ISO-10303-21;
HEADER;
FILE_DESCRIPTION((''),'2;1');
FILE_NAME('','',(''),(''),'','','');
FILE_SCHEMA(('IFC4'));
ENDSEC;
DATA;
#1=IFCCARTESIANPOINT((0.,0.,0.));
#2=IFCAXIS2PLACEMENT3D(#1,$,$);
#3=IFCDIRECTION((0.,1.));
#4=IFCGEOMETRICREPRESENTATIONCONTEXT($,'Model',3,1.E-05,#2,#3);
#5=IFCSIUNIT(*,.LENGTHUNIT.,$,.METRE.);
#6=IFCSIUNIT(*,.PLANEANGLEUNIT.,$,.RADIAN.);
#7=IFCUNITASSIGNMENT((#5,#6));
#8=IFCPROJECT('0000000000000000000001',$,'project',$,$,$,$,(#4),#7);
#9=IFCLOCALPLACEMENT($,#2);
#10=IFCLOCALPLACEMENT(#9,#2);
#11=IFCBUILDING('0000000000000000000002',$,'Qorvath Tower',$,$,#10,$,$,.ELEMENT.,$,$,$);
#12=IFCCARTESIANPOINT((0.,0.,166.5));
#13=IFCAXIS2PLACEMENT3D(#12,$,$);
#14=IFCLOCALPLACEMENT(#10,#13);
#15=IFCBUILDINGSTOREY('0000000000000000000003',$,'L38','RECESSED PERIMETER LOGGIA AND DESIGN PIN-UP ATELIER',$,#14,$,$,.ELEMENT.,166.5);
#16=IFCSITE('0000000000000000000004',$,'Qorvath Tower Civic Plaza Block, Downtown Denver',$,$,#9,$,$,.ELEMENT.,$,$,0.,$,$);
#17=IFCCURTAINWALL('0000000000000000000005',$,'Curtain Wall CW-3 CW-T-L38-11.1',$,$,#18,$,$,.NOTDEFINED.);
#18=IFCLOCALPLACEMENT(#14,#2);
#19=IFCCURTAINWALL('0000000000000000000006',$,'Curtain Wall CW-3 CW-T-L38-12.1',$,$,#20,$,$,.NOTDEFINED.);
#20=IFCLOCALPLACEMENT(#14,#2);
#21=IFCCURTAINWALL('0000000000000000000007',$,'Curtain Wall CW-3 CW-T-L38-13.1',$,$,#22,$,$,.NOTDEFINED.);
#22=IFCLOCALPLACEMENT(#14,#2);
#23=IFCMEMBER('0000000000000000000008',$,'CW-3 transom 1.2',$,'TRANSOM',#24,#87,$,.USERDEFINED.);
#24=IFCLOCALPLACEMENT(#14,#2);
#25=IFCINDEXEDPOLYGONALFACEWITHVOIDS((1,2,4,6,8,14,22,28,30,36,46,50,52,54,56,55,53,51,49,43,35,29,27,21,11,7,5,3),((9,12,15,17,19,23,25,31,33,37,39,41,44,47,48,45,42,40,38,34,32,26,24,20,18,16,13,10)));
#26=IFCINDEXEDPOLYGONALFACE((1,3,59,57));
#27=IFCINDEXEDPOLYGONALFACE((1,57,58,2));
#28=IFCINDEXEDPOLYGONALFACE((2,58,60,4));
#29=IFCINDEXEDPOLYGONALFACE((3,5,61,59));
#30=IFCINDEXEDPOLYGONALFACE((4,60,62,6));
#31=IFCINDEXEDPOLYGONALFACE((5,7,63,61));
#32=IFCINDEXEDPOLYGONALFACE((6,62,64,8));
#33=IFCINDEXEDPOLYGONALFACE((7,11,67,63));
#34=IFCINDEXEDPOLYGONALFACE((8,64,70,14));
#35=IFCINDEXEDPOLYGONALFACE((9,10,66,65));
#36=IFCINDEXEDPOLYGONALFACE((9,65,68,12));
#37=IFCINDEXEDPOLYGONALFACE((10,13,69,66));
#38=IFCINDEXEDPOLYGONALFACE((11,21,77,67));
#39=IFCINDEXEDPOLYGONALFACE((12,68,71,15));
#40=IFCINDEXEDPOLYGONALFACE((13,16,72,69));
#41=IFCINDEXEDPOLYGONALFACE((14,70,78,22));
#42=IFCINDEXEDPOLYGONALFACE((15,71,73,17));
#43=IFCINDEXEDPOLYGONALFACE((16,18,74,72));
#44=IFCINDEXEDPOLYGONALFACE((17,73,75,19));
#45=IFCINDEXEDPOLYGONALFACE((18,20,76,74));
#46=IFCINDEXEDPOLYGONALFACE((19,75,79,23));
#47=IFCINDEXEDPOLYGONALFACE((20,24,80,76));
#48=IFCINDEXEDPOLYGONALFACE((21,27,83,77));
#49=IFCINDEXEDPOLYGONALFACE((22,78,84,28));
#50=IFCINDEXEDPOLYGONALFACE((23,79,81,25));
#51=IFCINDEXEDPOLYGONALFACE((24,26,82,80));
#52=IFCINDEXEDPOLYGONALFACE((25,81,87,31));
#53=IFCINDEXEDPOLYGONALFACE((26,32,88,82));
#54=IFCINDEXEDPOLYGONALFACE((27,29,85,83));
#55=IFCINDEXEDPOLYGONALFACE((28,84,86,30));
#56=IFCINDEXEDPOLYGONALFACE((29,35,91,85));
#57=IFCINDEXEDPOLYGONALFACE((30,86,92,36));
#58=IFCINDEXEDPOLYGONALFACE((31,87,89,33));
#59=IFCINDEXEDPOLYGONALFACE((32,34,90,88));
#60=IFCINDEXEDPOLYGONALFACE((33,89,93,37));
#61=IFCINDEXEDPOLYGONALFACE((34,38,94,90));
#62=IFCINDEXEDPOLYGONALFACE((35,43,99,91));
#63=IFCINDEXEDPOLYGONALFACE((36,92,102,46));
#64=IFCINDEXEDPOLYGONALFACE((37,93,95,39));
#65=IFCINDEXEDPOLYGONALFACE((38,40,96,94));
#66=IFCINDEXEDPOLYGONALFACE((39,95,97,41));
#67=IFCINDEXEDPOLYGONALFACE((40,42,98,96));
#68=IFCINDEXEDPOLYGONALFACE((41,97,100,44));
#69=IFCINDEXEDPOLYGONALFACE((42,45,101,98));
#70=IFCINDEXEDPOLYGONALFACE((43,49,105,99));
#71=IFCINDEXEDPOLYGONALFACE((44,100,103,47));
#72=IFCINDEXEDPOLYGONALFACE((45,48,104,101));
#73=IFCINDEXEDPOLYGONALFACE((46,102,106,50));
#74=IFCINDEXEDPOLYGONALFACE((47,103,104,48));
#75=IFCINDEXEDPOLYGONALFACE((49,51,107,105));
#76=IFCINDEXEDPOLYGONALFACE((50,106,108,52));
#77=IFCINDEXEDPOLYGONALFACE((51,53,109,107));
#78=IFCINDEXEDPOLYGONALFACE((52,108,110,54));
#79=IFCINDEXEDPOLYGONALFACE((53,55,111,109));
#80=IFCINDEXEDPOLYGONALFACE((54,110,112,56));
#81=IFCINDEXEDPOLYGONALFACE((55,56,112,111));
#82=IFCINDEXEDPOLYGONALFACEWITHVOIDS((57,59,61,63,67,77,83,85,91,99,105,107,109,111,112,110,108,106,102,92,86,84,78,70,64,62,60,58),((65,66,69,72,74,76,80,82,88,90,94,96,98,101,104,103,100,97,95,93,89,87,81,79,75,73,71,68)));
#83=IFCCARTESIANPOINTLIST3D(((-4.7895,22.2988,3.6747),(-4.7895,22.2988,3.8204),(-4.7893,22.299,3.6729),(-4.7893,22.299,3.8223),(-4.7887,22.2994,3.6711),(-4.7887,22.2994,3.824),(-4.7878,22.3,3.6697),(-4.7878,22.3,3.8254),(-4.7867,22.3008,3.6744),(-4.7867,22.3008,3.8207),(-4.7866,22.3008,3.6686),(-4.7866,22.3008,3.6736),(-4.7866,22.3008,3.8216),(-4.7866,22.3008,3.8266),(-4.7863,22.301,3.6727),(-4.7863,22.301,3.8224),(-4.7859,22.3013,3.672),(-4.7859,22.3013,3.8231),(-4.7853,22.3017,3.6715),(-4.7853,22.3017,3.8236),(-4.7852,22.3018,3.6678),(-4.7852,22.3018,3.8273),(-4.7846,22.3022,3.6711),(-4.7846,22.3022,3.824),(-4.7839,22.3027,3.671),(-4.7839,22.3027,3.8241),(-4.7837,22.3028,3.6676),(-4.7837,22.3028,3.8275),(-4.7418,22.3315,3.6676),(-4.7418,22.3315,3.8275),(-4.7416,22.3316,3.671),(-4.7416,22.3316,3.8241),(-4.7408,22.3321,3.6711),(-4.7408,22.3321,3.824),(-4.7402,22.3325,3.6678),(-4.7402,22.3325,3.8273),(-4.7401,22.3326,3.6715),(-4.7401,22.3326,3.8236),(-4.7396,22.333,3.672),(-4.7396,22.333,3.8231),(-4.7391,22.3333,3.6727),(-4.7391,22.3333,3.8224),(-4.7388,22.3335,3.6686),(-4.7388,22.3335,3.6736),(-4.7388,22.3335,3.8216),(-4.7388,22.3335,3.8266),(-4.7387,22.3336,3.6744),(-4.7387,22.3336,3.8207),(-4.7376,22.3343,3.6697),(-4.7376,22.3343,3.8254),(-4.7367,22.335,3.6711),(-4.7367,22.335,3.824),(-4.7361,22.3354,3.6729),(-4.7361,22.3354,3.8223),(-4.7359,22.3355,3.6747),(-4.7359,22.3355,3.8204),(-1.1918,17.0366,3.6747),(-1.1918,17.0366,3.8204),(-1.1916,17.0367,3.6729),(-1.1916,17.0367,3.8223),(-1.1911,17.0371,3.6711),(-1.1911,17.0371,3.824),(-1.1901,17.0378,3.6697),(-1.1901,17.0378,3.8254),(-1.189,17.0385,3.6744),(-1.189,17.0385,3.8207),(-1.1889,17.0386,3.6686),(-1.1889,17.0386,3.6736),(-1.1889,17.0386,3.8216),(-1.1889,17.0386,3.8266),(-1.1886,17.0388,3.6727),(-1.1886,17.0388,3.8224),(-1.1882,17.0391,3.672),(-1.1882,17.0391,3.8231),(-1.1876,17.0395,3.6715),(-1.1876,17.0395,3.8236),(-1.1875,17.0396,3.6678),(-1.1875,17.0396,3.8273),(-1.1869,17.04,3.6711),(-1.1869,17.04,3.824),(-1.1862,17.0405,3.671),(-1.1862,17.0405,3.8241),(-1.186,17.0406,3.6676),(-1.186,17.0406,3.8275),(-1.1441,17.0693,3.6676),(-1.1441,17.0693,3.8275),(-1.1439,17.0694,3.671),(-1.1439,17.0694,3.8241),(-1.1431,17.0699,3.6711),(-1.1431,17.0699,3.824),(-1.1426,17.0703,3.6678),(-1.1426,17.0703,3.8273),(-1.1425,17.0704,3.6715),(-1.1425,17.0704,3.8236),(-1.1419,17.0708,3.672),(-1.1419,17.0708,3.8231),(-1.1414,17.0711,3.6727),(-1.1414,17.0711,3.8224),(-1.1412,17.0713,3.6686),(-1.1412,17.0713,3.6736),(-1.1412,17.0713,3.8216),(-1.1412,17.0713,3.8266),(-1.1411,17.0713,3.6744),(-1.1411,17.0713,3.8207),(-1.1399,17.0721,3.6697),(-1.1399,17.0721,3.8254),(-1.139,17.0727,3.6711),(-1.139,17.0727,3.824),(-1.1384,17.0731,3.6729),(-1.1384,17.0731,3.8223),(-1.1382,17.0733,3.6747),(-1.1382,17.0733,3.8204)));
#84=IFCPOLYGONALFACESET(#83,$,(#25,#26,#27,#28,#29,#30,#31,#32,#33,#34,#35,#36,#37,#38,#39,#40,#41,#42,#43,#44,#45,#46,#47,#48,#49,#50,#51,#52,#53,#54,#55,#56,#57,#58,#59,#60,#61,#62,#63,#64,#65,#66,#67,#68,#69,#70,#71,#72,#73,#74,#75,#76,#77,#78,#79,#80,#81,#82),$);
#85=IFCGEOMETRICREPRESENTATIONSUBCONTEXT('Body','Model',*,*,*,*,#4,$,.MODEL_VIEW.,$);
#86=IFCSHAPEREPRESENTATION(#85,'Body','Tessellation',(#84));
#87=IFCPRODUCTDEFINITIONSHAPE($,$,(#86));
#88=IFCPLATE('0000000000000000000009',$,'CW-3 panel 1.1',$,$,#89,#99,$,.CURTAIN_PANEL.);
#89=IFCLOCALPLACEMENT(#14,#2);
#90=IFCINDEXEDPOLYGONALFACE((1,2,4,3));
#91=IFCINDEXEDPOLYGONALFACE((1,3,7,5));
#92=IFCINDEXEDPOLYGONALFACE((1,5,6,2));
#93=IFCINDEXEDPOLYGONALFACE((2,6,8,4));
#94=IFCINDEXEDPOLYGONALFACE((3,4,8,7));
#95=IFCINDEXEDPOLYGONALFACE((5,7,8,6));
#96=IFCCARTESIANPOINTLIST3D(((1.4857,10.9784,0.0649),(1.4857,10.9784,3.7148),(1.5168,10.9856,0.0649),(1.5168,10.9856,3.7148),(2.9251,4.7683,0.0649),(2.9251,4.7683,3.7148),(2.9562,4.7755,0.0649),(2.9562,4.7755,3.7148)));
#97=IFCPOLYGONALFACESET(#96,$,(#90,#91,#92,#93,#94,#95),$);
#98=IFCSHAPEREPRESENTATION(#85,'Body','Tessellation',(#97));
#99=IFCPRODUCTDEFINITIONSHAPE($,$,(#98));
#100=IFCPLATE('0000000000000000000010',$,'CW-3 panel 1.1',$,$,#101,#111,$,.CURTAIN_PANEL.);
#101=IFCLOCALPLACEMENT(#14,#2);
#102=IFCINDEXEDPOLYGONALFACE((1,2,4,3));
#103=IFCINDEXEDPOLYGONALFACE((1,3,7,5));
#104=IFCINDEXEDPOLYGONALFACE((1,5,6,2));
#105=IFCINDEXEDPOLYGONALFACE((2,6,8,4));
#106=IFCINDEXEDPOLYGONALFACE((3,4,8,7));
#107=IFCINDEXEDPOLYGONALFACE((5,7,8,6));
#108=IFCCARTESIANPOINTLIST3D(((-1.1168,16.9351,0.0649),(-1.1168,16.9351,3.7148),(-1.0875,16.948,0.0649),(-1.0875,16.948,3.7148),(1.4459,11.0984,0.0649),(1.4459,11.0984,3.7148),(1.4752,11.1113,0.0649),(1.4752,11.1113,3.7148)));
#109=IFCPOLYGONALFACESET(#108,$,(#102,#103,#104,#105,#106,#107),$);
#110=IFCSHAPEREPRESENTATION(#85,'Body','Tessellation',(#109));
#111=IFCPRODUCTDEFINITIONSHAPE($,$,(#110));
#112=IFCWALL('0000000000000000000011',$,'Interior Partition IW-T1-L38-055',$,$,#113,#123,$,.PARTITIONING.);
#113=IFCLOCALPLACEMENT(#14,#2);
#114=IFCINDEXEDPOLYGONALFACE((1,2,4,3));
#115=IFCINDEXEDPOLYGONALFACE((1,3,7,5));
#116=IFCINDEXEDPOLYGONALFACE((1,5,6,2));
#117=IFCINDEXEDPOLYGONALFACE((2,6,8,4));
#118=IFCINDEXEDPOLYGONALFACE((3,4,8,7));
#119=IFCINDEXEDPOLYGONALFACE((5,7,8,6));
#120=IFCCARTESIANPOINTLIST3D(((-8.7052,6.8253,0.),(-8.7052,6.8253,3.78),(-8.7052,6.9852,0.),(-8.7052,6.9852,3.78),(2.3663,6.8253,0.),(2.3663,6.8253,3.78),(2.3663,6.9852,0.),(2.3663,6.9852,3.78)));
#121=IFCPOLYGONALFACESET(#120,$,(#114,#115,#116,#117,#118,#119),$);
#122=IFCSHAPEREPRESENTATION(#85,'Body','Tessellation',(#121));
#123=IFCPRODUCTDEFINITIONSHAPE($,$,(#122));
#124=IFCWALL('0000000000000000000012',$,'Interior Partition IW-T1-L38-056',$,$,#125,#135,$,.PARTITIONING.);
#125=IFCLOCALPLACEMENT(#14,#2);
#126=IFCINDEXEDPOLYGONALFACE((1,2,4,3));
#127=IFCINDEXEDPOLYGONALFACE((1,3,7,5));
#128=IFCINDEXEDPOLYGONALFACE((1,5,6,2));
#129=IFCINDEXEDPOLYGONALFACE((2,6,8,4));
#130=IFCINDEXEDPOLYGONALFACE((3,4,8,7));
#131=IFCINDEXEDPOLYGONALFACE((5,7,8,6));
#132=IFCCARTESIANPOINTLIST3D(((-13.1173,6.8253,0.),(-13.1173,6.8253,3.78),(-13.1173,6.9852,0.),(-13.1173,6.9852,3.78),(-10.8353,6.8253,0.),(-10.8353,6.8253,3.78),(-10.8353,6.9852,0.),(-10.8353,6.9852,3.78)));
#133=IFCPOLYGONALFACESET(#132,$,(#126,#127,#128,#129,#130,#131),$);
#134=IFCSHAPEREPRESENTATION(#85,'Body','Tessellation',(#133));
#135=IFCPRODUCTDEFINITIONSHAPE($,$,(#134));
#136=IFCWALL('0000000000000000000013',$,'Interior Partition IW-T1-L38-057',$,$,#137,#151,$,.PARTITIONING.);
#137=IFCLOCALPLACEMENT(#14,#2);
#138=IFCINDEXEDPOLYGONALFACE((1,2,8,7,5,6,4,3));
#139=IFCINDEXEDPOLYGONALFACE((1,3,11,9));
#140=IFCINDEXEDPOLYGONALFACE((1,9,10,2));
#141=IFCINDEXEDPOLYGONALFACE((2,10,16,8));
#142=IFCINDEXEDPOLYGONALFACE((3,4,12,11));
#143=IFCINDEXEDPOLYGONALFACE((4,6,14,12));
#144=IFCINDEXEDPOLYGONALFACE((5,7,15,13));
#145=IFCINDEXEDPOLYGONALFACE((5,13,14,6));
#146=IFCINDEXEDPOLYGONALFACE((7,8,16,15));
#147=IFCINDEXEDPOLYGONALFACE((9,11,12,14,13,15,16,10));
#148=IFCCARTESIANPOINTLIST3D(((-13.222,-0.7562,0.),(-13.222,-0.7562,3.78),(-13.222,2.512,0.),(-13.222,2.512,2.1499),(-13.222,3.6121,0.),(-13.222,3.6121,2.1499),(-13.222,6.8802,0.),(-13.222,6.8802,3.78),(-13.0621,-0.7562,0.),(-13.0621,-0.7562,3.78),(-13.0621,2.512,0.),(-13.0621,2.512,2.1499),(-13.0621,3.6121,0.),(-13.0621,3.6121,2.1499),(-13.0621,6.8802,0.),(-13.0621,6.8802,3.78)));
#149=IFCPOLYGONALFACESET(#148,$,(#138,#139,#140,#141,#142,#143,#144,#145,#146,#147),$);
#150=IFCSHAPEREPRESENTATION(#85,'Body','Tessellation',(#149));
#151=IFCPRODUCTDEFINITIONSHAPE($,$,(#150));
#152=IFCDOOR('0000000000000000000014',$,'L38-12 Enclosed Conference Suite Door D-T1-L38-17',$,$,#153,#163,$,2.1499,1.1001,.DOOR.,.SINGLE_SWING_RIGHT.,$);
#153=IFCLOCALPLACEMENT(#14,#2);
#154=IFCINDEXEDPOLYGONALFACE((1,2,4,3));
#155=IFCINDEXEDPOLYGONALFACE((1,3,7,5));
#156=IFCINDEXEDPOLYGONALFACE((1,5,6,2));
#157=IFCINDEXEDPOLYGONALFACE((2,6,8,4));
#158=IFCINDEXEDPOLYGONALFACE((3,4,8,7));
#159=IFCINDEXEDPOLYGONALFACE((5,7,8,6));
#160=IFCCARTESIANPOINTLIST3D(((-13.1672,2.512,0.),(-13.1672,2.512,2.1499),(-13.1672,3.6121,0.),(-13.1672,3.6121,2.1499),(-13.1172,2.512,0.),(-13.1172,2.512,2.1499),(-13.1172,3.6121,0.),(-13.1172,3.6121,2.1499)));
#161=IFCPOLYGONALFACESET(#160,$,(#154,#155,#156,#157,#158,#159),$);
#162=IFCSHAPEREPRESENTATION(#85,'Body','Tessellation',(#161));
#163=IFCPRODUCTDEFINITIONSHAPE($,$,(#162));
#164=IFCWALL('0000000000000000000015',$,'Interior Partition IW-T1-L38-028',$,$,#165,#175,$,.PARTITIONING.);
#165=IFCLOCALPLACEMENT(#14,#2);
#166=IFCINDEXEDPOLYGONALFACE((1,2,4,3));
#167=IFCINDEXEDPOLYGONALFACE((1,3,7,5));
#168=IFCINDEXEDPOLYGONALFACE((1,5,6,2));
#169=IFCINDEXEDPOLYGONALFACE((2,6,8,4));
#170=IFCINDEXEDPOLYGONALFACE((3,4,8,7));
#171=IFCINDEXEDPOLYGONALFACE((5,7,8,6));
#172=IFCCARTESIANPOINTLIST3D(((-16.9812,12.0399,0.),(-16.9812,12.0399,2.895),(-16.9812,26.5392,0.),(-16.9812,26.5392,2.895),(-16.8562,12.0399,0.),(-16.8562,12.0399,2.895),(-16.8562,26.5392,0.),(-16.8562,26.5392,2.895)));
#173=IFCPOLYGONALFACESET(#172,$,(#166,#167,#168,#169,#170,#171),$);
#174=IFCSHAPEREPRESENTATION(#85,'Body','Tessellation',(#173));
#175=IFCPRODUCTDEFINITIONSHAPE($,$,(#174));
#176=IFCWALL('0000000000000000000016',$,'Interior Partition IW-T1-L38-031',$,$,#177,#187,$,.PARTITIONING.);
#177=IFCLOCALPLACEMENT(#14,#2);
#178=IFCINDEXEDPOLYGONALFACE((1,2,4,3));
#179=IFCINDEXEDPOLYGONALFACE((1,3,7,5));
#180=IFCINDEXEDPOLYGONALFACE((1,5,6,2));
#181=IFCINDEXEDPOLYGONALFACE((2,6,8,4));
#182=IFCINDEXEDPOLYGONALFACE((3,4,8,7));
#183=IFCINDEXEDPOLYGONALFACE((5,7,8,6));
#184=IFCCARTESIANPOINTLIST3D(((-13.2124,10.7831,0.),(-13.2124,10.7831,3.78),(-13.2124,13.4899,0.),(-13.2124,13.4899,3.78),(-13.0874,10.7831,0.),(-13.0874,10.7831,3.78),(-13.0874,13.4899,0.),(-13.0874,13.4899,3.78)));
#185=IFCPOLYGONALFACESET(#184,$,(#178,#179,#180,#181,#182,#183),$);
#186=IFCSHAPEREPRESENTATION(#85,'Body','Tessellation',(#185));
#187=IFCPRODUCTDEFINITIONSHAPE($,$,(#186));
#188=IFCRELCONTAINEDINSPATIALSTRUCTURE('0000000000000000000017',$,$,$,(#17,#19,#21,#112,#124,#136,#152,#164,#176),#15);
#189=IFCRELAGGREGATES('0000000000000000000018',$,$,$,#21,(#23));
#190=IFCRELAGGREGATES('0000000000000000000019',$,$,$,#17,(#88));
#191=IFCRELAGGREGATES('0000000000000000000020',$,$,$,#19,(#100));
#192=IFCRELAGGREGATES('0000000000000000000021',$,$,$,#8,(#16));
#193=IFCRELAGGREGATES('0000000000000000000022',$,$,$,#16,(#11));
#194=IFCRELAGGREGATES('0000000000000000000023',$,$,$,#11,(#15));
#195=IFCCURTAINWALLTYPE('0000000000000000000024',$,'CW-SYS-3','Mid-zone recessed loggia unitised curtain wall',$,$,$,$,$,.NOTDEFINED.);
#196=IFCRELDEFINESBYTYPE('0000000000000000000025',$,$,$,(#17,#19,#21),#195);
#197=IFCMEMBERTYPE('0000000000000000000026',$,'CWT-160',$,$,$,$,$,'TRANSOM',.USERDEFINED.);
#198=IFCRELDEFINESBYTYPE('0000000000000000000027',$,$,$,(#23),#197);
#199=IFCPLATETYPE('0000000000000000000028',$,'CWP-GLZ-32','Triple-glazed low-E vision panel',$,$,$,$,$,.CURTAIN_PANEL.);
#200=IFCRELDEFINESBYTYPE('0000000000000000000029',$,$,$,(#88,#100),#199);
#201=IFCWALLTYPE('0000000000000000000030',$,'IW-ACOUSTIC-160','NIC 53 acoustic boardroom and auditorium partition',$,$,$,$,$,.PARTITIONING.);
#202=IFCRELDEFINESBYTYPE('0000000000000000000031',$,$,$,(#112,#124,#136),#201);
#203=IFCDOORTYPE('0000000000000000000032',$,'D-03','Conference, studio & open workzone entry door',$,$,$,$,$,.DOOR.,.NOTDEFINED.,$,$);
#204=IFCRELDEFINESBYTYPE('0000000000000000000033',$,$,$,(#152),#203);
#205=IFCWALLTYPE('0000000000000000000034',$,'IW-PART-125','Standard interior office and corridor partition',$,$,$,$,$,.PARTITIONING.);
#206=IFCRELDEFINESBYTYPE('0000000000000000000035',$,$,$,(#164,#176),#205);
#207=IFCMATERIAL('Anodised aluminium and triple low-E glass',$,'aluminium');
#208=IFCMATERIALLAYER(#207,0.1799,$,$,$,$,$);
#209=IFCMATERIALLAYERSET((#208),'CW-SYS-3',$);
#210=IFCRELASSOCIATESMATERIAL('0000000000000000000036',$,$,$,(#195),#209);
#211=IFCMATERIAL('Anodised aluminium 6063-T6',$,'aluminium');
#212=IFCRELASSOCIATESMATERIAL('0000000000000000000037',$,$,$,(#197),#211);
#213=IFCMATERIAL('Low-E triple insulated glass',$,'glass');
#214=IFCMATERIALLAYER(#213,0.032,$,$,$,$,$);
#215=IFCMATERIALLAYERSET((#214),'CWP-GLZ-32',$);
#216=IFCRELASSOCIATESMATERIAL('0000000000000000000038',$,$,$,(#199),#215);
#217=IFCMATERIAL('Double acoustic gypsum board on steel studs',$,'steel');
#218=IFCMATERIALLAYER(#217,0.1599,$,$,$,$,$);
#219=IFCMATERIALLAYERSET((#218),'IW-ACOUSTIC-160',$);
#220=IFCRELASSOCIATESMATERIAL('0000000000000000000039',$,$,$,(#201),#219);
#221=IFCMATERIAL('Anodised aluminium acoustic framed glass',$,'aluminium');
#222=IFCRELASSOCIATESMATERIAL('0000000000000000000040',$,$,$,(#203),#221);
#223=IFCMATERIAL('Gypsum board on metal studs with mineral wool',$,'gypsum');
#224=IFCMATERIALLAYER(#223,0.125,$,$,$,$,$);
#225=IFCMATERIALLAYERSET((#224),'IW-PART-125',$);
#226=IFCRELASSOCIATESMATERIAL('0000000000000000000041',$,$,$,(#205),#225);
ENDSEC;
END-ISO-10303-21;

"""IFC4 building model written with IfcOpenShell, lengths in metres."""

from ifc_helpers import new_model, si_unit, direction, frame, frame_2d, origin, origin_2d, place, context, subcontext, project, spatial, rectangle, hollow_rectangle, extrude, material, layer, layer_set, material_profile, profile_set, type_object, element, fill, aggregate, save


model = new_model("IFC4")

# Units and contexts
model_context = context("Model", 3, precision=1e-05, world=origin(), true_north=direction((0.0, 1.0)))
body_context = subcontext(model_context, "Body", "Model", "MODEL_VIEW")
ifc_project = project(units=[si_unit("LENGTHUNIT", "METRE"), si_unit("PLANEANGLEUNIT", "RADIAN")], contexts=[model_context])

# Site, building, storey
site_placement = place(None, origin())
site = spatial("IfcSite", under=ifc_project, at=site_placement, Name="Qorvath Tower Civic Plaza Block, Downtown Denver", CompositionType="ELEMENT", RefElevation=0.0)
building_placement = place(site_placement, origin())
building = spatial("IfcBuilding", under=site, at=building_placement, Name="Qorvath Tower", CompositionType="ELEMENT")
storey_placement = place(building_placement, frame((0.0, 0.0, 166.5)))
storey = spatial("IfcBuildingStorey", under=building, at=storey_placement, Name="L38", Description="RECESSED PERIMETER LOGGIA AND DESIGN PIN-UP ATELIER", CompositionType="ELEMENT", Elevation=166.5)

# Curtain walls
ifc_material_1 = material(Name="Anodised aluminium and triple low-E glass", Category="aluminium")
ifc_layer_1 = layer(ifc_material_1, 0.1799)
ifc_layer_set_1 = layer_set([ifc_layer_1], Name="CW-SYS-3")
curtain_wall_type = type_object("IfcCurtainWallType", Name="CW-SYS-3", Description="Mid-zone recessed loggia unitised curtain wall", PredefinedType="NOTDEFINED", material=ifc_layer_set_1)
curtain_wall_1_placement = place(storey_placement, origin())
curtain_wall_1 = element("IfcCurtainWall", 1, at=curtain_wall_1_placement, inside=storey, type_object=curtain_wall_type, Name="Curtain Wall CW-3 CW-T-L38-11.1", PredefinedType="NOTDEFINED")
curtain_wall_2_placement = place(storey_placement, origin())
curtain_wall_2 = element("IfcCurtainWall", 2, at=curtain_wall_2_placement, inside=storey, type_object=curtain_wall_type, Name="Curtain Wall CW-3 CW-T-L38-12.1", PredefinedType="NOTDEFINED")

# Curtain wall
curtain_wall_3_placement = place(storey_placement, origin())
curtain_wall_3 = element("IfcCurtainWall", 3, at=curtain_wall_3_placement, inside=storey, type_object=curtain_wall_type, Name="Curtain Wall CW-3 CW-T-L38-13.1", PredefinedType="NOTDEFINED")

# Member
ifc_material_2 = material(Name="Anodised aluminium 6063-T6", Category="aluminium")
ifc_material_profile_1 = material_profile(ifc_material_2, hollow_rectangle(XDim=0.0649, YDim=0.1599, WallThickness=0.0034, InnerFilletRadius=0.0034, OuterFilletRadius=0.0071, at=origin_2d()), Name="CWT 160x65")
ifc_profile_set_1 = profile_set([ifc_material_profile_1], Name="Anodised aluminium 6063-T6")
member_type_1 = type_object("IfcMemberType", Name="CWT-160", ElementType="TRANSOM", PredefinedType="USERDEFINED", material=ifc_profile_set_1)
member_1_placement = place(storey_placement, frame((-1.165, 17.0549, 3.7476), z_axis=(-0.564385, 0.825512, 0.0), x_axis=(-0.825512, -0.564385, 0.0)))
member_1 = element("IfcMember", 4, at=member_1_placement, type_object=member_type_1, Name="CW-3 transom 1.2", ObjectType="TRANSOM", PredefinedType="USERDEFINED", context=body_context, shape_type="SweptSolid", body=[
    extrude(hollow_rectangle(XDim=0.0649, YDim=0.1599, WallThickness=0.0034, InnerFilletRadius=0.0034, OuterFilletRadius=0.0071, at=origin_2d()), origin(), (0.0, 0.0, 1.0), 6.3745),
])
aggregate(curtain_wall_3, [member_1])

# Plates
ifc_material_3 = material(Name="Low-E triple insulated glass", Category="glass")
ifc_layer_2 = layer(ifc_material_3, 0.032)
ifc_layer_set_2 = layer_set([ifc_layer_2], Name="CWP-GLZ-32")
plate_type = type_object("IfcPlateType", Name="CWP-GLZ-32", Description="Triple-glazed low-E vision panel", PredefinedType="CURTAIN_PANEL", material=ifc_layer_set_2)
plate_1_placement = place(storey_placement, frame((2.2209, 7.877, 0.0649), z_axis=(0.0, 0.0, 1.0), x_axis=(-0.225791, 0.974176, 0.0)))
plate_1 = element("IfcPlate", 5, at=plate_1_placement, type_object=plate_type, Name="CW-3 panel 1.1", PredefinedType="CURTAIN_PANEL", context=body_context, shape_type="SweptSolid", body=[
    extrude(rectangle(XDim=6.3748, YDim=0.032, at=origin_2d()), origin(), (0.0, 0.0, 1.0), 3.6499),
])
aggregate(curtain_wall_1, [plate_1])
plate_2_placement = place(storey_placement, frame((0.1792, 14.0232, 0.0649), z_axis=(0.0, 0.0, 1.0), x_axis=(-0.402023, 0.915629, 0.0)))
plate_2 = element("IfcPlate", 6, at=plate_2_placement, type_object=plate_type, Name="CW-3 panel 1.1", PredefinedType="CURTAIN_PANEL", context=body_context, shape_type="SweptSolid", body=[
    extrude(rectangle(XDim=6.3745, YDim=0.032, at=origin_2d()), origin(), (0.0, 0.0, 1.0), 3.6499),
])
aggregate(curtain_wall_2, [plate_2])

# Walls
ifc_material_4 = material(Name="Double acoustic gypsum board on steel studs", Category="steel")
ifc_layer_3 = layer(ifc_material_4, 0.1599)
ifc_layer_set_3 = layer_set([ifc_layer_3], Name="IW-ACOUSTIC-160")
wall_type_1 = type_object("IfcWallType", Name="IW-ACOUSTIC-160", Description="NIC 53 acoustic boardroom and auditorium partition", PredefinedType="PARTITIONING", material=ifc_layer_set_3)
wall_1_placement = place(storey_placement, frame((2.3662, 6.9053, 0.0), z_axis=(0.0, 0.0, 1.0), x_axis=(-1.0, 0.0, 0.0)))
element("IfcWall", 7, at=wall_1_placement, inside=storey, type_object=wall_type_1, Name="Interior Partition IW-T1-L38-055", PredefinedType="PARTITIONING", context=body_context, shape_type="SweptSolid", body=[
    extrude(rectangle(XDim=11.0715, YDim=0.1599, at=frame_2d((5.5356, 0.0))), origin(), (0.0, 0.0, 1.0), 3.78),
])
wall_2_placement = place(storey_placement, frame((-10.8352, 6.9053, 0.0), z_axis=(0.0, 0.0, 1.0), x_axis=(-1.0, 0.0, 0.0)))
element("IfcWall", 8, at=wall_2_placement, inside=storey, type_object=wall_type_1, Name="Interior Partition IW-T1-L38-056", PredefinedType="PARTITIONING", context=body_context, shape_type="SweptSolid", body=[
    extrude(rectangle(XDim=2.282, YDim=0.1599, at=frame_2d((1.1411, 0.0))), origin(), (0.0, 0.0, 1.0), 3.78),
])

# Wall, opening, door
wall_3_placement = place(storey_placement, frame((-13.1421, 6.8804, 0.0), z_axis=(0.0, 0.0, 1.0), x_axis=(0.0, -1.0, 0.0)))
wall_3 = element("IfcWall", 9, at=wall_3_placement, inside=storey, type_object=wall_type_1, Name="Interior Partition IW-T1-L38-057", PredefinedType="PARTITIONING", context=body_context, shape_type="SweptSolid", body=[
    extrude(rectangle(XDim=7.6365, YDim=0.1599, at=frame_2d((3.8184, 0.0))), origin(), (0.0, 0.0, 1.0), 3.78),
])
opening_1_placement = place(wall_3_placement, frame((3.2683, 0.0, 0.0)))
opening_1 = element("IfcOpeningElement", 10, at=opening_1_placement, cuts=wall_3, PredefinedType="OPENING", context=body_context, shape_type="SweptSolid", body=[
    extrude(rectangle(XDim=1.1001, YDim=2.1499, at=frame_2d((0.55, 1.075))), frame((0.0, 0.0898, 0.0), z_axis=(0.0, -1.0, 0.0), x_axis=(1.0, 0.0, 0.0)), (0.0, 0.0, 1.0), 0.1799),
])
ifc_material_5 = material(Name="Anodised aluminium acoustic framed glass", Category="aluminium")
door_type_1 = type_object("IfcDoorType", Name="D-03", Description="Conference, studio & open workzone entry door", OperationType="NOTDEFINED", PredefinedType="DOOR", material=ifc_material_5)
door_1_placement = place(opening_1_placement, origin())
door_1 = element("IfcDoor", 11, at=door_1_placement, inside=storey, type_object=door_type_1, Name="L38-12 Enclosed Conference Suite Door D-T1-L38-17", OperationType="SINGLE_SWING_RIGHT", OverallHeight=2.1499, OverallWidth=1.1001, PredefinedType="DOOR", context=body_context, shape_type="SweptSolid", body=[
    extrude(rectangle(XDim=1.1001, YDim=2.1499, at=frame_2d((0.55, 1.075))), frame((0.0, 0.0249, 0.0), z_axis=(0.0, -1.0, 0.0), x_axis=(1.0, 0.0, 0.0)), (0.0, 0.0, 1.0), 0.05),
])
fill(opening_1, door_1)

# Wall
ifc_material_6 = material(Name="Gypsum board on metal studs with mineral wool", Category="gypsum")
ifc_layer_4 = layer(ifc_material_6, 0.125)
ifc_layer_set_4 = layer_set([ifc_layer_4], Name="IW-PART-125")
wall_type_2 = type_object("IfcWallType", Name="IW-PART-125", Description="Standard interior office and corridor partition", PredefinedType="PARTITIONING", material=ifc_layer_set_4)
wall_4_placement = place(storey_placement, frame((-16.9187, 12.04, 0.0), z_axis=(0.0, 0.0, 1.0), x_axis=(0.0, 1.0, 0.0)))
element("IfcWall", 12, at=wall_4_placement, inside=storey, type_object=wall_type_2, Name="Interior Partition IW-T1-L38-028", PredefinedType="PARTITIONING", context=body_context, shape_type="SweptSolid", body=[
    extrude(rectangle(XDim=14.4993, YDim=0.125, at=frame_2d((7.2495, 0.0))), origin(), (0.0, 0.0, 1.0), 2.895),
])

# Wall
wall_5_placement = place(storey_placement, frame((-13.1499, 13.49, 0.0), z_axis=(0.0, 0.0, 1.0), x_axis=(0.0, -1.0, 0.0)))
element("IfcWall", 13, at=wall_5_placement, inside=storey, type_object=wall_type_2, Name="Interior Partition IW-T1-L38-031", PredefinedType="PARTITIONING", context=body_context, shape_type="SweptSolid", body=[
    extrude(rectangle(XDim=2.7068, YDim=0.125, at=frame_2d((1.3535, 0.0))), origin(), (0.0, 0.0, 1.0), 3.78),
])

save(model, "model.ifc")
